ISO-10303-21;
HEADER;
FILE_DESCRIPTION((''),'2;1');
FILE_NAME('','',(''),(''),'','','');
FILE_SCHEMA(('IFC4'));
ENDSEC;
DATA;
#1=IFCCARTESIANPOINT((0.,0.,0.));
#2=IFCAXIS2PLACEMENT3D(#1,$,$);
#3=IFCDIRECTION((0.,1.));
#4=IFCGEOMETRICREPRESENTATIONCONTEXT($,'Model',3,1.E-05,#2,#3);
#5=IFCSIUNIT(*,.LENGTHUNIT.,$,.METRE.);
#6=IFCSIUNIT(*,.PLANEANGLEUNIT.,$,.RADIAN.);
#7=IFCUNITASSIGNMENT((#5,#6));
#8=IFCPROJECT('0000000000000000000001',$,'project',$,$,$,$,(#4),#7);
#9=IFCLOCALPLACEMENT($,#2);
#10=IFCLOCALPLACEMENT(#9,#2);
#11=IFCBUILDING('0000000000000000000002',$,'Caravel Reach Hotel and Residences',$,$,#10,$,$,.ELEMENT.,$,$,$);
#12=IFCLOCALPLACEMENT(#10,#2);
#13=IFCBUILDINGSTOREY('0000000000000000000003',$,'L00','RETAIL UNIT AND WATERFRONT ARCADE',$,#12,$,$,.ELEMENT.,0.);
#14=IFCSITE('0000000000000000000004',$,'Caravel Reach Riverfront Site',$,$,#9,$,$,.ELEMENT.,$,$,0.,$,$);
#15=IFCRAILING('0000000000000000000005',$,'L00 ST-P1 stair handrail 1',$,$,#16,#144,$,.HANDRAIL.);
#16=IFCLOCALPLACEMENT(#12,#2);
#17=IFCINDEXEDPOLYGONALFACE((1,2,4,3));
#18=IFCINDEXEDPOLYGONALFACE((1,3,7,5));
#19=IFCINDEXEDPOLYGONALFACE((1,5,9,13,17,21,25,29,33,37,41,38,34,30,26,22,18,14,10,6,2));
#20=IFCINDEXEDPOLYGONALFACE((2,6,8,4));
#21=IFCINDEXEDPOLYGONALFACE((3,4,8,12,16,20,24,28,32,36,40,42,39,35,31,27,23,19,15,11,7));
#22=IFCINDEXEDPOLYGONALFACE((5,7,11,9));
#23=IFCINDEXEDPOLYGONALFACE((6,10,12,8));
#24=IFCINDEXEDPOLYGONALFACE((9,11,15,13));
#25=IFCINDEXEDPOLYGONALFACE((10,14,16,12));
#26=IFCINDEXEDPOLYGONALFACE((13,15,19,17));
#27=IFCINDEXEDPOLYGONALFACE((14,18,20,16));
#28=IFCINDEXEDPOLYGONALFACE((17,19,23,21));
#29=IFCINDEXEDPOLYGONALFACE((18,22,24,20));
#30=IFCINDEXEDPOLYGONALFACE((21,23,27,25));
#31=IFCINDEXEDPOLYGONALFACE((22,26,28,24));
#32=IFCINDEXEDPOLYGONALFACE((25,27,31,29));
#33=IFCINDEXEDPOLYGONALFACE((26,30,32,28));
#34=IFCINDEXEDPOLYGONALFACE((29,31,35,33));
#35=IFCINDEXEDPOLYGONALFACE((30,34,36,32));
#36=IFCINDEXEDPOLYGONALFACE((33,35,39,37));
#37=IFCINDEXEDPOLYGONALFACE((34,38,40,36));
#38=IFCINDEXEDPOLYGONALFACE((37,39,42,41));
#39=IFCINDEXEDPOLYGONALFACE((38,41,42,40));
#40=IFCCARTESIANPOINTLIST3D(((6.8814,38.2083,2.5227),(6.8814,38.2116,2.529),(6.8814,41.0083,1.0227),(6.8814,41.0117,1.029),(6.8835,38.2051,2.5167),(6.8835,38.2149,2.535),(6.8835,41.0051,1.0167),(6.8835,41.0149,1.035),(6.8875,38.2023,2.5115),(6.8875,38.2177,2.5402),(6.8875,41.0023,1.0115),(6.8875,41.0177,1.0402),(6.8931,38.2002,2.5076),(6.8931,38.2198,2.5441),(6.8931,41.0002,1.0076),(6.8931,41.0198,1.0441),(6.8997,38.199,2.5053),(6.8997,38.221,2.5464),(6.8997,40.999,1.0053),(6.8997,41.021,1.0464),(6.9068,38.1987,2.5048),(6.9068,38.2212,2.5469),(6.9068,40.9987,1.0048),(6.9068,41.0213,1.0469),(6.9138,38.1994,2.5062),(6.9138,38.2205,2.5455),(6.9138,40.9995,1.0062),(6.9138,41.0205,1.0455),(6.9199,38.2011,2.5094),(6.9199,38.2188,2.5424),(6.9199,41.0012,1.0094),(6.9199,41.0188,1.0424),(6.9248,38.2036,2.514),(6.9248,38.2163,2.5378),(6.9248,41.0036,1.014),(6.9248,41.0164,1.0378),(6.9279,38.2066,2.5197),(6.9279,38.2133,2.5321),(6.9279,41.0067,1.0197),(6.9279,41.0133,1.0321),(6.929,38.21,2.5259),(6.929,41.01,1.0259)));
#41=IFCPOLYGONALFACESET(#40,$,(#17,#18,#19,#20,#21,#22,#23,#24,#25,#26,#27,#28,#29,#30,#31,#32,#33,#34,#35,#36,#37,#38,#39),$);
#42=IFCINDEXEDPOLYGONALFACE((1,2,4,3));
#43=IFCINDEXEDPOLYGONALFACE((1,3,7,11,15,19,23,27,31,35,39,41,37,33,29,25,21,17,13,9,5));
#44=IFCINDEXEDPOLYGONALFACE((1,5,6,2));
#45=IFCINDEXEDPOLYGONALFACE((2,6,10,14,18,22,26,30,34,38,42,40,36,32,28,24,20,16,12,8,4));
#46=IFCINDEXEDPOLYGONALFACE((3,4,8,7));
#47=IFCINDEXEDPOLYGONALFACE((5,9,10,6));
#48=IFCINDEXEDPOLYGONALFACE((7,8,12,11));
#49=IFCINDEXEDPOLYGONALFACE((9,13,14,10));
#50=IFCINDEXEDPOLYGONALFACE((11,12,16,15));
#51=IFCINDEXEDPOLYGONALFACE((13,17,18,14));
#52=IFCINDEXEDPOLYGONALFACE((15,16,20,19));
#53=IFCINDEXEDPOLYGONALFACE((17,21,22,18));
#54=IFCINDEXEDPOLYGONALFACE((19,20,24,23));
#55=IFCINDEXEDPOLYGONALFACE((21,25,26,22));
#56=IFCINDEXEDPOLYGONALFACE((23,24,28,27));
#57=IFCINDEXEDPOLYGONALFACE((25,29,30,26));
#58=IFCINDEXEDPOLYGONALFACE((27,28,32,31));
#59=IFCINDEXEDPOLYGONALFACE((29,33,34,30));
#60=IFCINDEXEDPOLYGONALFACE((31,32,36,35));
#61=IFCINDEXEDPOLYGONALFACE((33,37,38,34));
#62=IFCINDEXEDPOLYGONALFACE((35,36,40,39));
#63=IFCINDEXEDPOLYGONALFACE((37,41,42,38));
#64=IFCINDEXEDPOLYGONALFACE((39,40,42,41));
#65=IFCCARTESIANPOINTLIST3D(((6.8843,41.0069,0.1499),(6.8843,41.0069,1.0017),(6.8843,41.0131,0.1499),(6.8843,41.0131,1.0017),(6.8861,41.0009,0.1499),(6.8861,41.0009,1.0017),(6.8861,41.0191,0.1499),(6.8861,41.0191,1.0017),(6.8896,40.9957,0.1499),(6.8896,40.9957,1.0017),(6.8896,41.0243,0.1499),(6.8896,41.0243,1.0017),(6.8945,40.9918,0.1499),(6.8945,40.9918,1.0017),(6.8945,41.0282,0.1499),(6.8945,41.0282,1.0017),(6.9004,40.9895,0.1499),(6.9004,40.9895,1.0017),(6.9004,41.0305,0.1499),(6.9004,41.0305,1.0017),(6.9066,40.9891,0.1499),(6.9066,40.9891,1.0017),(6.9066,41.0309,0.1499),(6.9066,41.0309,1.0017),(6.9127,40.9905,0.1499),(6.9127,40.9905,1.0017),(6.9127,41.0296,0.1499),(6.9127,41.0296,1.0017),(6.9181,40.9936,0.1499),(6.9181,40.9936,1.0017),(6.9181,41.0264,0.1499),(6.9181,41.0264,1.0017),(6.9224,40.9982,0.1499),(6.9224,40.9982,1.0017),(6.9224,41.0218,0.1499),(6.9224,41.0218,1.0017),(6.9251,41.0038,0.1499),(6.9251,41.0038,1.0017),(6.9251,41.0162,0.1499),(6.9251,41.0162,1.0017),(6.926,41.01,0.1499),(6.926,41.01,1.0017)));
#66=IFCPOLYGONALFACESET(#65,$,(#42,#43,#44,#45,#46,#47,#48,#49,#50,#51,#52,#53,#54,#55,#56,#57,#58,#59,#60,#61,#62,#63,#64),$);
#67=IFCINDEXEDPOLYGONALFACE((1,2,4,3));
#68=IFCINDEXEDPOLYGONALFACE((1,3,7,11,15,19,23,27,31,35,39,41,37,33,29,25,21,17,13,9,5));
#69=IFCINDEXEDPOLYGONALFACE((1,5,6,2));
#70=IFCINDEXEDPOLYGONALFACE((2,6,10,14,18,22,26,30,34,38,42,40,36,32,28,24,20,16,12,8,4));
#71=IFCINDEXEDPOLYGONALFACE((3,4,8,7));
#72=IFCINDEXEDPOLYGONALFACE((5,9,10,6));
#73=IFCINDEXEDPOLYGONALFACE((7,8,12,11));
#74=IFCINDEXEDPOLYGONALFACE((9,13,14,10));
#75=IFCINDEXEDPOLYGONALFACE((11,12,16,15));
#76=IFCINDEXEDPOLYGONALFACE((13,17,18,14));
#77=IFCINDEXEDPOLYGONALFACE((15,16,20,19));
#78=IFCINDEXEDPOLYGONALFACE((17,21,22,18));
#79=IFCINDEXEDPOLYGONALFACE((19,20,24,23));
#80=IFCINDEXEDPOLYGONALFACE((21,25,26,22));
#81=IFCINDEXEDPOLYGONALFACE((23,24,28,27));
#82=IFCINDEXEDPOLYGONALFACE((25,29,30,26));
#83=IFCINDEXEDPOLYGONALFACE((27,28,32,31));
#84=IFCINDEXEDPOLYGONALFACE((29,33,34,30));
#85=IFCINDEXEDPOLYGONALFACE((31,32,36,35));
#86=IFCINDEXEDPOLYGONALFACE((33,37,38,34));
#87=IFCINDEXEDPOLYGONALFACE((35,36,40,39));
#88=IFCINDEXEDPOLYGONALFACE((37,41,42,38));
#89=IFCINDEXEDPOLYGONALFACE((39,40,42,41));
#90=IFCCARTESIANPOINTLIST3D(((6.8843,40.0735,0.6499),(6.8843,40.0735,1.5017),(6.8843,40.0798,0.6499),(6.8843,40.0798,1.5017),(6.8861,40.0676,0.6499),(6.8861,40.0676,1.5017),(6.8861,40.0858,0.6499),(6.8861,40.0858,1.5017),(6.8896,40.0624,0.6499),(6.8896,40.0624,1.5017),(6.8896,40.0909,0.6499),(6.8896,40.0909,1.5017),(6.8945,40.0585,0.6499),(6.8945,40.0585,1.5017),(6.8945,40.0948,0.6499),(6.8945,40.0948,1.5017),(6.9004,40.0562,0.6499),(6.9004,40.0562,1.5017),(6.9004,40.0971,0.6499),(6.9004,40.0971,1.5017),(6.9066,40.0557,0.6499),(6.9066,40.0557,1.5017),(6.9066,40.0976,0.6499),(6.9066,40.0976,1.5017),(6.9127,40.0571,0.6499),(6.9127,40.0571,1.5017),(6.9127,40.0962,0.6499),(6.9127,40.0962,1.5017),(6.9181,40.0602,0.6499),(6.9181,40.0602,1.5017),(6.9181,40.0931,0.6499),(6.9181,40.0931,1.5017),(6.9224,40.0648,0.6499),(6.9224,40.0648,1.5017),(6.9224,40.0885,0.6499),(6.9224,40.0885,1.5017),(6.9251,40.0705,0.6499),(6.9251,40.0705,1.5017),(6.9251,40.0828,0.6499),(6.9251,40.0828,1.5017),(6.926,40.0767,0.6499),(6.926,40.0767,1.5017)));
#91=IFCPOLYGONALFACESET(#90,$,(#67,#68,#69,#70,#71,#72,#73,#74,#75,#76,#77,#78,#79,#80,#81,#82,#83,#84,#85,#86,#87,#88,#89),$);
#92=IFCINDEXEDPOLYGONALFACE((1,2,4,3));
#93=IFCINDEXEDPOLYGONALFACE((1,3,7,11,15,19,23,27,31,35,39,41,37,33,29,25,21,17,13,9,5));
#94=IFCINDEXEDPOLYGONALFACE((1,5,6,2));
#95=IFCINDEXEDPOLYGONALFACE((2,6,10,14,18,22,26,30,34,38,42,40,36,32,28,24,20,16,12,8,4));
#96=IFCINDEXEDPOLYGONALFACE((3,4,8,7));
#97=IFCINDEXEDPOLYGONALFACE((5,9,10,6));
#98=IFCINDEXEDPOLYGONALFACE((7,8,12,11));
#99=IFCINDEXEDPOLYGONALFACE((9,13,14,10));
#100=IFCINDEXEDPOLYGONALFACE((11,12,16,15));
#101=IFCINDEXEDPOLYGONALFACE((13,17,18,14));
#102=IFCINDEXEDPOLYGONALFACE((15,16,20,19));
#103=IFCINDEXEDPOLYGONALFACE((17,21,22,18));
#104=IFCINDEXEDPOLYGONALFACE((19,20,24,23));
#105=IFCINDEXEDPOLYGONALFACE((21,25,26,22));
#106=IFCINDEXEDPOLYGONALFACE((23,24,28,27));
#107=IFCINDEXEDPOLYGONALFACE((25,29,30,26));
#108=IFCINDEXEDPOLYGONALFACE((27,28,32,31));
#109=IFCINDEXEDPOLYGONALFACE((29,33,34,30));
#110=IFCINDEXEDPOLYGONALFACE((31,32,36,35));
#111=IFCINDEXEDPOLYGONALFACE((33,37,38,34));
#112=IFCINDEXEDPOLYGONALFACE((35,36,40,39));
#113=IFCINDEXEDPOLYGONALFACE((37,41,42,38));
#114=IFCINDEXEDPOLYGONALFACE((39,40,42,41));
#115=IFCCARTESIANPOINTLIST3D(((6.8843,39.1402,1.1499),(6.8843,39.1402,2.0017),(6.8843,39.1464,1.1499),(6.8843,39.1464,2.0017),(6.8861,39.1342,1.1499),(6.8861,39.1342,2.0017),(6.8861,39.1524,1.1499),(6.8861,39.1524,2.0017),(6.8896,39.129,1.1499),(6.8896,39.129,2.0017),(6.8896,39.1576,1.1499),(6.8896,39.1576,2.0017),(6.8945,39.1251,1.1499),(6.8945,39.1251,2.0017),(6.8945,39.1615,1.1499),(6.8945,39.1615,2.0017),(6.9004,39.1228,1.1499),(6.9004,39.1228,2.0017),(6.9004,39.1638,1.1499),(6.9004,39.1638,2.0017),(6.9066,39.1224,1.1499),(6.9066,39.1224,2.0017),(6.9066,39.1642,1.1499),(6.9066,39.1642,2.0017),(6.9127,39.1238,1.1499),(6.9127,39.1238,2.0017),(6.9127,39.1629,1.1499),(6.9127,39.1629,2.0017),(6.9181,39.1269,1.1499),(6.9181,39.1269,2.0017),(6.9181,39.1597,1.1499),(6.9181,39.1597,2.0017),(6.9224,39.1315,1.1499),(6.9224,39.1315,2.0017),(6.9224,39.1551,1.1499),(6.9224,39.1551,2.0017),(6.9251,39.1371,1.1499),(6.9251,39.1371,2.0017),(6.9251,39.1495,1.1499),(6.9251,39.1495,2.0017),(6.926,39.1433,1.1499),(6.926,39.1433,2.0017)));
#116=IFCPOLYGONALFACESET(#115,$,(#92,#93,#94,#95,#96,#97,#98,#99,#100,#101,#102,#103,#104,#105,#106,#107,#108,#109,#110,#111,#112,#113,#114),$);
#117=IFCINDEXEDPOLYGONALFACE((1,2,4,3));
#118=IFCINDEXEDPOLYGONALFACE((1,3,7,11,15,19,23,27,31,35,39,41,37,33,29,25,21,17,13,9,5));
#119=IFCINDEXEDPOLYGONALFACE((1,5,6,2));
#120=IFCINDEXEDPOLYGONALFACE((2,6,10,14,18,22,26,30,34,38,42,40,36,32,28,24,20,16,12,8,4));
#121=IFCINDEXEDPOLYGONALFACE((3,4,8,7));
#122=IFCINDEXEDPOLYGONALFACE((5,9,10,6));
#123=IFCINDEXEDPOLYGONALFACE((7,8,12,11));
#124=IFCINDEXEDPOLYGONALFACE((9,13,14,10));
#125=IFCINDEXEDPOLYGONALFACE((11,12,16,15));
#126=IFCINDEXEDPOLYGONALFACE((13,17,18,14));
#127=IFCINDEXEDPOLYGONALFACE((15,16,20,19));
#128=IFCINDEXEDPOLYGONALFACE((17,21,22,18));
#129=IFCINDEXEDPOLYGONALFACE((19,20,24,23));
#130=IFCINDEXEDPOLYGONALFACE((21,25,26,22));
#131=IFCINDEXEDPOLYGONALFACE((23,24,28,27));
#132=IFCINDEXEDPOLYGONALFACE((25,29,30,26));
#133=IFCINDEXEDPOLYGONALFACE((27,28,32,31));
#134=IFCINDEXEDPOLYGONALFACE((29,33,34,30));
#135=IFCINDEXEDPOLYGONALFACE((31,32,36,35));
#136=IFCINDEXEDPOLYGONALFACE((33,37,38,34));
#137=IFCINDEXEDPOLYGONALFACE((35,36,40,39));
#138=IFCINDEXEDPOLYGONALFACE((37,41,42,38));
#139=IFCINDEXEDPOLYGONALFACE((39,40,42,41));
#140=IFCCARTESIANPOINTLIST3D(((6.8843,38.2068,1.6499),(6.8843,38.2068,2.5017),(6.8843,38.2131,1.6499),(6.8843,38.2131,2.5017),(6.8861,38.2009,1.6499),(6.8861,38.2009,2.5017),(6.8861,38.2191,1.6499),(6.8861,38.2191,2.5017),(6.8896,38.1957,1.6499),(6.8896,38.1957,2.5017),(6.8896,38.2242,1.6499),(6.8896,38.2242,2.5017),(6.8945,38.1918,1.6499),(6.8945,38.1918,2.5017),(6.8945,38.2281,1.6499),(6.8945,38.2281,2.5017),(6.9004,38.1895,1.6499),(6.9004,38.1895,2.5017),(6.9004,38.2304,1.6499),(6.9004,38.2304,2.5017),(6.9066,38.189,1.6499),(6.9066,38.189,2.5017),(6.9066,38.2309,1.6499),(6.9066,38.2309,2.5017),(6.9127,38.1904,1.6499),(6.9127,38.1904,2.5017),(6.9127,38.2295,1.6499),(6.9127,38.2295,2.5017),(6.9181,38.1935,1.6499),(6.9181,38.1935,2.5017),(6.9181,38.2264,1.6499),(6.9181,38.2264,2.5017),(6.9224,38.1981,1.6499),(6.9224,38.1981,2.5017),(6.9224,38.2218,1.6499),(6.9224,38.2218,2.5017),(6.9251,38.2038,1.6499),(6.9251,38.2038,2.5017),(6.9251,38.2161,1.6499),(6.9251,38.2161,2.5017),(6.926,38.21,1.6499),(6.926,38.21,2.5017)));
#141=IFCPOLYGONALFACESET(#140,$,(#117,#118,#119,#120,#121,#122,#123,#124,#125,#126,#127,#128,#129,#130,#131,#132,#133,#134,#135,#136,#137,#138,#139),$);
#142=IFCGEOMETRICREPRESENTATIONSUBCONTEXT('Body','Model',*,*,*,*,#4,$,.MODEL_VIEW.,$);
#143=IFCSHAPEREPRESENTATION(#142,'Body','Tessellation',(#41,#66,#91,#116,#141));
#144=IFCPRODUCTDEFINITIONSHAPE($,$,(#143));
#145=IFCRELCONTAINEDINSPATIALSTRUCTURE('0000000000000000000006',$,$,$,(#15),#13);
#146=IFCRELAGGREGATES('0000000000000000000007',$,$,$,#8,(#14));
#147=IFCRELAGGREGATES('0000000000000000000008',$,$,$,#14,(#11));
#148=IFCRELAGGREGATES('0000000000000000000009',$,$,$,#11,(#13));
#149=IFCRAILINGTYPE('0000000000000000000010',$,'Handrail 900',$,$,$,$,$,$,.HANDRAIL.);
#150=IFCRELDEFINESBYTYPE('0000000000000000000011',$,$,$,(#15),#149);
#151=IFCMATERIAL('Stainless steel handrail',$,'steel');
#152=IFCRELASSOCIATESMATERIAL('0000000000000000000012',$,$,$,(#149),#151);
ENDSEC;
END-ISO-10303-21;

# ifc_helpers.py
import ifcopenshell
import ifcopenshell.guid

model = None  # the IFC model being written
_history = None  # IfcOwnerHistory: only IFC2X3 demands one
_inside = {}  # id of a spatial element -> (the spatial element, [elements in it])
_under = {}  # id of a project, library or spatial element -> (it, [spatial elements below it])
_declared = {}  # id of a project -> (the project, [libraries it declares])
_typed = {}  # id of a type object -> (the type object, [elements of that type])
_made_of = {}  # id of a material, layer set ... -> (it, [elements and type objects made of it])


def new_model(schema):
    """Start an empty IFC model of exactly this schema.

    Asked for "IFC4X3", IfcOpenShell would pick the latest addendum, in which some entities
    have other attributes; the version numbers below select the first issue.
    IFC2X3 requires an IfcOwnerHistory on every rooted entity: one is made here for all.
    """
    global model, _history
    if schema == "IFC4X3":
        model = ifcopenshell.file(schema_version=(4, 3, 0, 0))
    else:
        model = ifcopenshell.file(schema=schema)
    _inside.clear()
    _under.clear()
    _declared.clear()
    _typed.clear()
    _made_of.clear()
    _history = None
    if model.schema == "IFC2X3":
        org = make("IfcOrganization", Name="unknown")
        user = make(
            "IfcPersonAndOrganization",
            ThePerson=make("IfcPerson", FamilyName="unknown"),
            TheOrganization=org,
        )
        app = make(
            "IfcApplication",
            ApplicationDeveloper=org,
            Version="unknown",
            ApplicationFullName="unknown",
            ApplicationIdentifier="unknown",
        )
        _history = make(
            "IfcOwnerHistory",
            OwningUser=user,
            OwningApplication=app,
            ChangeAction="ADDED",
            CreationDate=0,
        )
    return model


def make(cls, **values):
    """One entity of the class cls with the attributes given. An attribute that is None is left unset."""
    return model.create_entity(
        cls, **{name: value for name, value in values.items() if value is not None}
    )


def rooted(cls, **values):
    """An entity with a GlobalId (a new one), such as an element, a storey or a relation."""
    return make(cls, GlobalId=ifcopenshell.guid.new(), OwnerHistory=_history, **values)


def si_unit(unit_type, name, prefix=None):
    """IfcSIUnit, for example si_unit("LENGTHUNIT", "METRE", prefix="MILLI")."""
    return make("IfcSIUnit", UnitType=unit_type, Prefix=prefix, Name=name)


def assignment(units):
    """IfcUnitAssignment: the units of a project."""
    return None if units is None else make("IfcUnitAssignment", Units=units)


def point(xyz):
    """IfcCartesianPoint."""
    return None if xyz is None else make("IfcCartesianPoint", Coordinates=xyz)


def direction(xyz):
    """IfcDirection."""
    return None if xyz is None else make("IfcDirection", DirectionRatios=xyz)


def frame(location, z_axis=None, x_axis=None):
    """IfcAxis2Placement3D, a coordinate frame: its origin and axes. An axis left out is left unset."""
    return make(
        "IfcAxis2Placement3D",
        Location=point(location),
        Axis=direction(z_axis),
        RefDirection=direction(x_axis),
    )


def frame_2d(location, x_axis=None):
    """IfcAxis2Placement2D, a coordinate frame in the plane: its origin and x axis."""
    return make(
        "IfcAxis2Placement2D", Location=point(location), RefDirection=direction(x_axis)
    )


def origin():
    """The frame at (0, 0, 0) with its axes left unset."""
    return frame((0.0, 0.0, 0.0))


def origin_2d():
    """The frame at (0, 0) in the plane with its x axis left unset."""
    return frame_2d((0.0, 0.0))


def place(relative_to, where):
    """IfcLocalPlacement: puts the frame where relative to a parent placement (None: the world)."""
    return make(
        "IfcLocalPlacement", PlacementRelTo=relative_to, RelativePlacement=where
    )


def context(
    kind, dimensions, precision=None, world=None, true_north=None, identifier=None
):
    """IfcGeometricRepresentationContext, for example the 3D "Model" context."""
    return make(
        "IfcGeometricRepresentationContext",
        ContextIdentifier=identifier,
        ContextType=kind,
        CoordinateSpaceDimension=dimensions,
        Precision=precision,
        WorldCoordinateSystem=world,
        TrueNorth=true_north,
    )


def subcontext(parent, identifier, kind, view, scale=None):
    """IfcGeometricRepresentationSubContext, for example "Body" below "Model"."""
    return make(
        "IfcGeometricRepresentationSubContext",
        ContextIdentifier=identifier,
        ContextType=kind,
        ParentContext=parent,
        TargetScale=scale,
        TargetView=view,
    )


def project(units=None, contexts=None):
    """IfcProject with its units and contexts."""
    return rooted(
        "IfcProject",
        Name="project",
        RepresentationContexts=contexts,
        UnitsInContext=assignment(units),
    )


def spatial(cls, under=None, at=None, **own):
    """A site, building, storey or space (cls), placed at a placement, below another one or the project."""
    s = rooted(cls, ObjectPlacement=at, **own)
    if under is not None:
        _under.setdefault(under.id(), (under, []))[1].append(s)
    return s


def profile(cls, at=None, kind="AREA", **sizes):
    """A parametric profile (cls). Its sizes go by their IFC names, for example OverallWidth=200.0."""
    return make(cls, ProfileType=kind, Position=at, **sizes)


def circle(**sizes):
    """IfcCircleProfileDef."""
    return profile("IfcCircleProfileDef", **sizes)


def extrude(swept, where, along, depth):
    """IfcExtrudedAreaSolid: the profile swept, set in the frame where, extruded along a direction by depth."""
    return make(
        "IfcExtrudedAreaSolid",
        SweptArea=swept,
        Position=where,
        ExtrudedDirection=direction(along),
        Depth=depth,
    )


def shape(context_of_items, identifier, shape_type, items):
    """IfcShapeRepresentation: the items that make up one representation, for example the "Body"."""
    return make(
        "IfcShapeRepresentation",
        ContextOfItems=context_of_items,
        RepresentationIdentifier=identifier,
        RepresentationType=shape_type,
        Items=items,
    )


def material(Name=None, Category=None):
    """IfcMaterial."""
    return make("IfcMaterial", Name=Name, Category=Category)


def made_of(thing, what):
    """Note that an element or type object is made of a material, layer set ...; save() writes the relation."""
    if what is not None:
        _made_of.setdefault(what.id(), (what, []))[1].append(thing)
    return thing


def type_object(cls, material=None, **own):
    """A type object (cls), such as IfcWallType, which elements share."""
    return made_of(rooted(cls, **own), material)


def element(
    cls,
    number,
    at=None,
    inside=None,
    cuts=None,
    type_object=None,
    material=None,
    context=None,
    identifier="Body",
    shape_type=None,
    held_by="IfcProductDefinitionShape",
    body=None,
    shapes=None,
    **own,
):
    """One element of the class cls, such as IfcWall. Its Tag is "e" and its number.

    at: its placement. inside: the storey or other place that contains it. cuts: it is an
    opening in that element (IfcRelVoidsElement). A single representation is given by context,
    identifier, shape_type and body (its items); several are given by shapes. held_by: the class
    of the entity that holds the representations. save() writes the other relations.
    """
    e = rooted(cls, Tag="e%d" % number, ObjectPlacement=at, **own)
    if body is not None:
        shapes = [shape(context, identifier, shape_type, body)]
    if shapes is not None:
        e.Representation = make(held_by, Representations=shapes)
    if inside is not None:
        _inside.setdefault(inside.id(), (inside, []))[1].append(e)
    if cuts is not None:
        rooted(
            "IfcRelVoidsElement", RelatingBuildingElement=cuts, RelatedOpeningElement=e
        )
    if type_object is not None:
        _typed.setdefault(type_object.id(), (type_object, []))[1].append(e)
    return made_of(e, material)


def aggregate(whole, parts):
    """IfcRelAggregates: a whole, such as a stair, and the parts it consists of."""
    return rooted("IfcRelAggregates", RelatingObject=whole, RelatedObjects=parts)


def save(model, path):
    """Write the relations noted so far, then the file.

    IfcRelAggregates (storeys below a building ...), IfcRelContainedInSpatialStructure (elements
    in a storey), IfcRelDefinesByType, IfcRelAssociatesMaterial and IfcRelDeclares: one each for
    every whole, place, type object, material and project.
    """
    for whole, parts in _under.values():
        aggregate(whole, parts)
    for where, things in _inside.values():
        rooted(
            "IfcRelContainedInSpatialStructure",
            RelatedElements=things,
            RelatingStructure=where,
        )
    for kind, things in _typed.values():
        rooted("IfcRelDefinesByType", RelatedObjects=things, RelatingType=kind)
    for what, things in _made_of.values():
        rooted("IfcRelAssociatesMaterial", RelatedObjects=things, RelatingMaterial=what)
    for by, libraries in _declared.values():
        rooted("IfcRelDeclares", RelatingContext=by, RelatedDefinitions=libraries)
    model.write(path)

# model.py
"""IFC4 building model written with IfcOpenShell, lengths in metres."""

from ifc_helpers import new_model, si_unit, direction, frame, origin, origin_2d, place, context, subcontext, project, spatial, circle, extrude, material, type_object, element, save


model = new_model("IFC4")

# Units and contexts
model_context = context("Model", 3, precision=1e-05, world=origin(), true_north=direction((0.0, 1.0)))
body_context = subcontext(model_context, "Body", "Model", "MODEL_VIEW")
ifc_project = project(units=[si_unit("LENGTHUNIT", "METRE"), si_unit("PLANEANGLEUNIT", "RADIAN")], contexts=[model_context])

# Site, building, storey
site_placement = place(None, origin())
site = spatial("IfcSite", under=ifc_project, at=site_placement, Name="Caravel Reach Riverfront Site", CompositionType="ELEMENT", RefElevation=0.0)
building_placement = place(site_placement, origin())
building = spatial("IfcBuilding", under=site, at=building_placement, Name="Caravel Reach Hotel and Residences", CompositionType="ELEMENT")
storey_placement = place(building_placement, origin())
storey = spatial("IfcBuildingStorey", under=building, at=storey_placement, Name="L00", Description="RETAIL UNIT AND WATERFRONT ARCADE", CompositionType="ELEMENT", Elevation=0.0)

# Railing
ifc_material_1 = material(Name="Stainless steel handrail", Category="steel")
railing_type_1 = type_object("IfcRailingType", Name="Handrail 900", PredefinedType="HANDRAIL", material=ifc_material_1)
railing_1_placement = place(storey_placement, frame((6.905, 41.01, 0.1499)))
element("IfcRailing", 1, at=railing_1_placement, inside=storey, type_object=railing_type_1, Name="L00 ST-P1 stair handrail 1", PredefinedType="HANDRAIL", context=body_context, shape_type="SweptSolid", body=[
    extrude(circle(Radius=0.0239, at=origin_2d()), frame((0.0, 0.0, 0.876), z_axis=(0.0, -0.881483, 0.472215), x_axis=(1.0, 0.0, 0.0)), (0.0, 0.0, 1.0), 3.1765),
    extrude(circle(Radius=0.021, at=origin_2d()), origin(), (0.0, 0.0, 1.0), 0.8518),
    extrude(circle(Radius=0.021, at=origin_2d()), frame((0.0, -0.9333, 0.5)), (0.0, 0.0, 1.0), 0.8518),
    extrude(circle(Radius=0.021, at=origin_2d()), frame((0.0, -1.8667, 1.0)), (0.0, 0.0, 1.0), 0.8518),
    extrude(circle(Radius=0.021, at=origin_2d()), frame((0.0, -2.8, 1.5)), (0.0, 0.0, 1.0), 0.8518),
])

save(model, "model.ifc")
